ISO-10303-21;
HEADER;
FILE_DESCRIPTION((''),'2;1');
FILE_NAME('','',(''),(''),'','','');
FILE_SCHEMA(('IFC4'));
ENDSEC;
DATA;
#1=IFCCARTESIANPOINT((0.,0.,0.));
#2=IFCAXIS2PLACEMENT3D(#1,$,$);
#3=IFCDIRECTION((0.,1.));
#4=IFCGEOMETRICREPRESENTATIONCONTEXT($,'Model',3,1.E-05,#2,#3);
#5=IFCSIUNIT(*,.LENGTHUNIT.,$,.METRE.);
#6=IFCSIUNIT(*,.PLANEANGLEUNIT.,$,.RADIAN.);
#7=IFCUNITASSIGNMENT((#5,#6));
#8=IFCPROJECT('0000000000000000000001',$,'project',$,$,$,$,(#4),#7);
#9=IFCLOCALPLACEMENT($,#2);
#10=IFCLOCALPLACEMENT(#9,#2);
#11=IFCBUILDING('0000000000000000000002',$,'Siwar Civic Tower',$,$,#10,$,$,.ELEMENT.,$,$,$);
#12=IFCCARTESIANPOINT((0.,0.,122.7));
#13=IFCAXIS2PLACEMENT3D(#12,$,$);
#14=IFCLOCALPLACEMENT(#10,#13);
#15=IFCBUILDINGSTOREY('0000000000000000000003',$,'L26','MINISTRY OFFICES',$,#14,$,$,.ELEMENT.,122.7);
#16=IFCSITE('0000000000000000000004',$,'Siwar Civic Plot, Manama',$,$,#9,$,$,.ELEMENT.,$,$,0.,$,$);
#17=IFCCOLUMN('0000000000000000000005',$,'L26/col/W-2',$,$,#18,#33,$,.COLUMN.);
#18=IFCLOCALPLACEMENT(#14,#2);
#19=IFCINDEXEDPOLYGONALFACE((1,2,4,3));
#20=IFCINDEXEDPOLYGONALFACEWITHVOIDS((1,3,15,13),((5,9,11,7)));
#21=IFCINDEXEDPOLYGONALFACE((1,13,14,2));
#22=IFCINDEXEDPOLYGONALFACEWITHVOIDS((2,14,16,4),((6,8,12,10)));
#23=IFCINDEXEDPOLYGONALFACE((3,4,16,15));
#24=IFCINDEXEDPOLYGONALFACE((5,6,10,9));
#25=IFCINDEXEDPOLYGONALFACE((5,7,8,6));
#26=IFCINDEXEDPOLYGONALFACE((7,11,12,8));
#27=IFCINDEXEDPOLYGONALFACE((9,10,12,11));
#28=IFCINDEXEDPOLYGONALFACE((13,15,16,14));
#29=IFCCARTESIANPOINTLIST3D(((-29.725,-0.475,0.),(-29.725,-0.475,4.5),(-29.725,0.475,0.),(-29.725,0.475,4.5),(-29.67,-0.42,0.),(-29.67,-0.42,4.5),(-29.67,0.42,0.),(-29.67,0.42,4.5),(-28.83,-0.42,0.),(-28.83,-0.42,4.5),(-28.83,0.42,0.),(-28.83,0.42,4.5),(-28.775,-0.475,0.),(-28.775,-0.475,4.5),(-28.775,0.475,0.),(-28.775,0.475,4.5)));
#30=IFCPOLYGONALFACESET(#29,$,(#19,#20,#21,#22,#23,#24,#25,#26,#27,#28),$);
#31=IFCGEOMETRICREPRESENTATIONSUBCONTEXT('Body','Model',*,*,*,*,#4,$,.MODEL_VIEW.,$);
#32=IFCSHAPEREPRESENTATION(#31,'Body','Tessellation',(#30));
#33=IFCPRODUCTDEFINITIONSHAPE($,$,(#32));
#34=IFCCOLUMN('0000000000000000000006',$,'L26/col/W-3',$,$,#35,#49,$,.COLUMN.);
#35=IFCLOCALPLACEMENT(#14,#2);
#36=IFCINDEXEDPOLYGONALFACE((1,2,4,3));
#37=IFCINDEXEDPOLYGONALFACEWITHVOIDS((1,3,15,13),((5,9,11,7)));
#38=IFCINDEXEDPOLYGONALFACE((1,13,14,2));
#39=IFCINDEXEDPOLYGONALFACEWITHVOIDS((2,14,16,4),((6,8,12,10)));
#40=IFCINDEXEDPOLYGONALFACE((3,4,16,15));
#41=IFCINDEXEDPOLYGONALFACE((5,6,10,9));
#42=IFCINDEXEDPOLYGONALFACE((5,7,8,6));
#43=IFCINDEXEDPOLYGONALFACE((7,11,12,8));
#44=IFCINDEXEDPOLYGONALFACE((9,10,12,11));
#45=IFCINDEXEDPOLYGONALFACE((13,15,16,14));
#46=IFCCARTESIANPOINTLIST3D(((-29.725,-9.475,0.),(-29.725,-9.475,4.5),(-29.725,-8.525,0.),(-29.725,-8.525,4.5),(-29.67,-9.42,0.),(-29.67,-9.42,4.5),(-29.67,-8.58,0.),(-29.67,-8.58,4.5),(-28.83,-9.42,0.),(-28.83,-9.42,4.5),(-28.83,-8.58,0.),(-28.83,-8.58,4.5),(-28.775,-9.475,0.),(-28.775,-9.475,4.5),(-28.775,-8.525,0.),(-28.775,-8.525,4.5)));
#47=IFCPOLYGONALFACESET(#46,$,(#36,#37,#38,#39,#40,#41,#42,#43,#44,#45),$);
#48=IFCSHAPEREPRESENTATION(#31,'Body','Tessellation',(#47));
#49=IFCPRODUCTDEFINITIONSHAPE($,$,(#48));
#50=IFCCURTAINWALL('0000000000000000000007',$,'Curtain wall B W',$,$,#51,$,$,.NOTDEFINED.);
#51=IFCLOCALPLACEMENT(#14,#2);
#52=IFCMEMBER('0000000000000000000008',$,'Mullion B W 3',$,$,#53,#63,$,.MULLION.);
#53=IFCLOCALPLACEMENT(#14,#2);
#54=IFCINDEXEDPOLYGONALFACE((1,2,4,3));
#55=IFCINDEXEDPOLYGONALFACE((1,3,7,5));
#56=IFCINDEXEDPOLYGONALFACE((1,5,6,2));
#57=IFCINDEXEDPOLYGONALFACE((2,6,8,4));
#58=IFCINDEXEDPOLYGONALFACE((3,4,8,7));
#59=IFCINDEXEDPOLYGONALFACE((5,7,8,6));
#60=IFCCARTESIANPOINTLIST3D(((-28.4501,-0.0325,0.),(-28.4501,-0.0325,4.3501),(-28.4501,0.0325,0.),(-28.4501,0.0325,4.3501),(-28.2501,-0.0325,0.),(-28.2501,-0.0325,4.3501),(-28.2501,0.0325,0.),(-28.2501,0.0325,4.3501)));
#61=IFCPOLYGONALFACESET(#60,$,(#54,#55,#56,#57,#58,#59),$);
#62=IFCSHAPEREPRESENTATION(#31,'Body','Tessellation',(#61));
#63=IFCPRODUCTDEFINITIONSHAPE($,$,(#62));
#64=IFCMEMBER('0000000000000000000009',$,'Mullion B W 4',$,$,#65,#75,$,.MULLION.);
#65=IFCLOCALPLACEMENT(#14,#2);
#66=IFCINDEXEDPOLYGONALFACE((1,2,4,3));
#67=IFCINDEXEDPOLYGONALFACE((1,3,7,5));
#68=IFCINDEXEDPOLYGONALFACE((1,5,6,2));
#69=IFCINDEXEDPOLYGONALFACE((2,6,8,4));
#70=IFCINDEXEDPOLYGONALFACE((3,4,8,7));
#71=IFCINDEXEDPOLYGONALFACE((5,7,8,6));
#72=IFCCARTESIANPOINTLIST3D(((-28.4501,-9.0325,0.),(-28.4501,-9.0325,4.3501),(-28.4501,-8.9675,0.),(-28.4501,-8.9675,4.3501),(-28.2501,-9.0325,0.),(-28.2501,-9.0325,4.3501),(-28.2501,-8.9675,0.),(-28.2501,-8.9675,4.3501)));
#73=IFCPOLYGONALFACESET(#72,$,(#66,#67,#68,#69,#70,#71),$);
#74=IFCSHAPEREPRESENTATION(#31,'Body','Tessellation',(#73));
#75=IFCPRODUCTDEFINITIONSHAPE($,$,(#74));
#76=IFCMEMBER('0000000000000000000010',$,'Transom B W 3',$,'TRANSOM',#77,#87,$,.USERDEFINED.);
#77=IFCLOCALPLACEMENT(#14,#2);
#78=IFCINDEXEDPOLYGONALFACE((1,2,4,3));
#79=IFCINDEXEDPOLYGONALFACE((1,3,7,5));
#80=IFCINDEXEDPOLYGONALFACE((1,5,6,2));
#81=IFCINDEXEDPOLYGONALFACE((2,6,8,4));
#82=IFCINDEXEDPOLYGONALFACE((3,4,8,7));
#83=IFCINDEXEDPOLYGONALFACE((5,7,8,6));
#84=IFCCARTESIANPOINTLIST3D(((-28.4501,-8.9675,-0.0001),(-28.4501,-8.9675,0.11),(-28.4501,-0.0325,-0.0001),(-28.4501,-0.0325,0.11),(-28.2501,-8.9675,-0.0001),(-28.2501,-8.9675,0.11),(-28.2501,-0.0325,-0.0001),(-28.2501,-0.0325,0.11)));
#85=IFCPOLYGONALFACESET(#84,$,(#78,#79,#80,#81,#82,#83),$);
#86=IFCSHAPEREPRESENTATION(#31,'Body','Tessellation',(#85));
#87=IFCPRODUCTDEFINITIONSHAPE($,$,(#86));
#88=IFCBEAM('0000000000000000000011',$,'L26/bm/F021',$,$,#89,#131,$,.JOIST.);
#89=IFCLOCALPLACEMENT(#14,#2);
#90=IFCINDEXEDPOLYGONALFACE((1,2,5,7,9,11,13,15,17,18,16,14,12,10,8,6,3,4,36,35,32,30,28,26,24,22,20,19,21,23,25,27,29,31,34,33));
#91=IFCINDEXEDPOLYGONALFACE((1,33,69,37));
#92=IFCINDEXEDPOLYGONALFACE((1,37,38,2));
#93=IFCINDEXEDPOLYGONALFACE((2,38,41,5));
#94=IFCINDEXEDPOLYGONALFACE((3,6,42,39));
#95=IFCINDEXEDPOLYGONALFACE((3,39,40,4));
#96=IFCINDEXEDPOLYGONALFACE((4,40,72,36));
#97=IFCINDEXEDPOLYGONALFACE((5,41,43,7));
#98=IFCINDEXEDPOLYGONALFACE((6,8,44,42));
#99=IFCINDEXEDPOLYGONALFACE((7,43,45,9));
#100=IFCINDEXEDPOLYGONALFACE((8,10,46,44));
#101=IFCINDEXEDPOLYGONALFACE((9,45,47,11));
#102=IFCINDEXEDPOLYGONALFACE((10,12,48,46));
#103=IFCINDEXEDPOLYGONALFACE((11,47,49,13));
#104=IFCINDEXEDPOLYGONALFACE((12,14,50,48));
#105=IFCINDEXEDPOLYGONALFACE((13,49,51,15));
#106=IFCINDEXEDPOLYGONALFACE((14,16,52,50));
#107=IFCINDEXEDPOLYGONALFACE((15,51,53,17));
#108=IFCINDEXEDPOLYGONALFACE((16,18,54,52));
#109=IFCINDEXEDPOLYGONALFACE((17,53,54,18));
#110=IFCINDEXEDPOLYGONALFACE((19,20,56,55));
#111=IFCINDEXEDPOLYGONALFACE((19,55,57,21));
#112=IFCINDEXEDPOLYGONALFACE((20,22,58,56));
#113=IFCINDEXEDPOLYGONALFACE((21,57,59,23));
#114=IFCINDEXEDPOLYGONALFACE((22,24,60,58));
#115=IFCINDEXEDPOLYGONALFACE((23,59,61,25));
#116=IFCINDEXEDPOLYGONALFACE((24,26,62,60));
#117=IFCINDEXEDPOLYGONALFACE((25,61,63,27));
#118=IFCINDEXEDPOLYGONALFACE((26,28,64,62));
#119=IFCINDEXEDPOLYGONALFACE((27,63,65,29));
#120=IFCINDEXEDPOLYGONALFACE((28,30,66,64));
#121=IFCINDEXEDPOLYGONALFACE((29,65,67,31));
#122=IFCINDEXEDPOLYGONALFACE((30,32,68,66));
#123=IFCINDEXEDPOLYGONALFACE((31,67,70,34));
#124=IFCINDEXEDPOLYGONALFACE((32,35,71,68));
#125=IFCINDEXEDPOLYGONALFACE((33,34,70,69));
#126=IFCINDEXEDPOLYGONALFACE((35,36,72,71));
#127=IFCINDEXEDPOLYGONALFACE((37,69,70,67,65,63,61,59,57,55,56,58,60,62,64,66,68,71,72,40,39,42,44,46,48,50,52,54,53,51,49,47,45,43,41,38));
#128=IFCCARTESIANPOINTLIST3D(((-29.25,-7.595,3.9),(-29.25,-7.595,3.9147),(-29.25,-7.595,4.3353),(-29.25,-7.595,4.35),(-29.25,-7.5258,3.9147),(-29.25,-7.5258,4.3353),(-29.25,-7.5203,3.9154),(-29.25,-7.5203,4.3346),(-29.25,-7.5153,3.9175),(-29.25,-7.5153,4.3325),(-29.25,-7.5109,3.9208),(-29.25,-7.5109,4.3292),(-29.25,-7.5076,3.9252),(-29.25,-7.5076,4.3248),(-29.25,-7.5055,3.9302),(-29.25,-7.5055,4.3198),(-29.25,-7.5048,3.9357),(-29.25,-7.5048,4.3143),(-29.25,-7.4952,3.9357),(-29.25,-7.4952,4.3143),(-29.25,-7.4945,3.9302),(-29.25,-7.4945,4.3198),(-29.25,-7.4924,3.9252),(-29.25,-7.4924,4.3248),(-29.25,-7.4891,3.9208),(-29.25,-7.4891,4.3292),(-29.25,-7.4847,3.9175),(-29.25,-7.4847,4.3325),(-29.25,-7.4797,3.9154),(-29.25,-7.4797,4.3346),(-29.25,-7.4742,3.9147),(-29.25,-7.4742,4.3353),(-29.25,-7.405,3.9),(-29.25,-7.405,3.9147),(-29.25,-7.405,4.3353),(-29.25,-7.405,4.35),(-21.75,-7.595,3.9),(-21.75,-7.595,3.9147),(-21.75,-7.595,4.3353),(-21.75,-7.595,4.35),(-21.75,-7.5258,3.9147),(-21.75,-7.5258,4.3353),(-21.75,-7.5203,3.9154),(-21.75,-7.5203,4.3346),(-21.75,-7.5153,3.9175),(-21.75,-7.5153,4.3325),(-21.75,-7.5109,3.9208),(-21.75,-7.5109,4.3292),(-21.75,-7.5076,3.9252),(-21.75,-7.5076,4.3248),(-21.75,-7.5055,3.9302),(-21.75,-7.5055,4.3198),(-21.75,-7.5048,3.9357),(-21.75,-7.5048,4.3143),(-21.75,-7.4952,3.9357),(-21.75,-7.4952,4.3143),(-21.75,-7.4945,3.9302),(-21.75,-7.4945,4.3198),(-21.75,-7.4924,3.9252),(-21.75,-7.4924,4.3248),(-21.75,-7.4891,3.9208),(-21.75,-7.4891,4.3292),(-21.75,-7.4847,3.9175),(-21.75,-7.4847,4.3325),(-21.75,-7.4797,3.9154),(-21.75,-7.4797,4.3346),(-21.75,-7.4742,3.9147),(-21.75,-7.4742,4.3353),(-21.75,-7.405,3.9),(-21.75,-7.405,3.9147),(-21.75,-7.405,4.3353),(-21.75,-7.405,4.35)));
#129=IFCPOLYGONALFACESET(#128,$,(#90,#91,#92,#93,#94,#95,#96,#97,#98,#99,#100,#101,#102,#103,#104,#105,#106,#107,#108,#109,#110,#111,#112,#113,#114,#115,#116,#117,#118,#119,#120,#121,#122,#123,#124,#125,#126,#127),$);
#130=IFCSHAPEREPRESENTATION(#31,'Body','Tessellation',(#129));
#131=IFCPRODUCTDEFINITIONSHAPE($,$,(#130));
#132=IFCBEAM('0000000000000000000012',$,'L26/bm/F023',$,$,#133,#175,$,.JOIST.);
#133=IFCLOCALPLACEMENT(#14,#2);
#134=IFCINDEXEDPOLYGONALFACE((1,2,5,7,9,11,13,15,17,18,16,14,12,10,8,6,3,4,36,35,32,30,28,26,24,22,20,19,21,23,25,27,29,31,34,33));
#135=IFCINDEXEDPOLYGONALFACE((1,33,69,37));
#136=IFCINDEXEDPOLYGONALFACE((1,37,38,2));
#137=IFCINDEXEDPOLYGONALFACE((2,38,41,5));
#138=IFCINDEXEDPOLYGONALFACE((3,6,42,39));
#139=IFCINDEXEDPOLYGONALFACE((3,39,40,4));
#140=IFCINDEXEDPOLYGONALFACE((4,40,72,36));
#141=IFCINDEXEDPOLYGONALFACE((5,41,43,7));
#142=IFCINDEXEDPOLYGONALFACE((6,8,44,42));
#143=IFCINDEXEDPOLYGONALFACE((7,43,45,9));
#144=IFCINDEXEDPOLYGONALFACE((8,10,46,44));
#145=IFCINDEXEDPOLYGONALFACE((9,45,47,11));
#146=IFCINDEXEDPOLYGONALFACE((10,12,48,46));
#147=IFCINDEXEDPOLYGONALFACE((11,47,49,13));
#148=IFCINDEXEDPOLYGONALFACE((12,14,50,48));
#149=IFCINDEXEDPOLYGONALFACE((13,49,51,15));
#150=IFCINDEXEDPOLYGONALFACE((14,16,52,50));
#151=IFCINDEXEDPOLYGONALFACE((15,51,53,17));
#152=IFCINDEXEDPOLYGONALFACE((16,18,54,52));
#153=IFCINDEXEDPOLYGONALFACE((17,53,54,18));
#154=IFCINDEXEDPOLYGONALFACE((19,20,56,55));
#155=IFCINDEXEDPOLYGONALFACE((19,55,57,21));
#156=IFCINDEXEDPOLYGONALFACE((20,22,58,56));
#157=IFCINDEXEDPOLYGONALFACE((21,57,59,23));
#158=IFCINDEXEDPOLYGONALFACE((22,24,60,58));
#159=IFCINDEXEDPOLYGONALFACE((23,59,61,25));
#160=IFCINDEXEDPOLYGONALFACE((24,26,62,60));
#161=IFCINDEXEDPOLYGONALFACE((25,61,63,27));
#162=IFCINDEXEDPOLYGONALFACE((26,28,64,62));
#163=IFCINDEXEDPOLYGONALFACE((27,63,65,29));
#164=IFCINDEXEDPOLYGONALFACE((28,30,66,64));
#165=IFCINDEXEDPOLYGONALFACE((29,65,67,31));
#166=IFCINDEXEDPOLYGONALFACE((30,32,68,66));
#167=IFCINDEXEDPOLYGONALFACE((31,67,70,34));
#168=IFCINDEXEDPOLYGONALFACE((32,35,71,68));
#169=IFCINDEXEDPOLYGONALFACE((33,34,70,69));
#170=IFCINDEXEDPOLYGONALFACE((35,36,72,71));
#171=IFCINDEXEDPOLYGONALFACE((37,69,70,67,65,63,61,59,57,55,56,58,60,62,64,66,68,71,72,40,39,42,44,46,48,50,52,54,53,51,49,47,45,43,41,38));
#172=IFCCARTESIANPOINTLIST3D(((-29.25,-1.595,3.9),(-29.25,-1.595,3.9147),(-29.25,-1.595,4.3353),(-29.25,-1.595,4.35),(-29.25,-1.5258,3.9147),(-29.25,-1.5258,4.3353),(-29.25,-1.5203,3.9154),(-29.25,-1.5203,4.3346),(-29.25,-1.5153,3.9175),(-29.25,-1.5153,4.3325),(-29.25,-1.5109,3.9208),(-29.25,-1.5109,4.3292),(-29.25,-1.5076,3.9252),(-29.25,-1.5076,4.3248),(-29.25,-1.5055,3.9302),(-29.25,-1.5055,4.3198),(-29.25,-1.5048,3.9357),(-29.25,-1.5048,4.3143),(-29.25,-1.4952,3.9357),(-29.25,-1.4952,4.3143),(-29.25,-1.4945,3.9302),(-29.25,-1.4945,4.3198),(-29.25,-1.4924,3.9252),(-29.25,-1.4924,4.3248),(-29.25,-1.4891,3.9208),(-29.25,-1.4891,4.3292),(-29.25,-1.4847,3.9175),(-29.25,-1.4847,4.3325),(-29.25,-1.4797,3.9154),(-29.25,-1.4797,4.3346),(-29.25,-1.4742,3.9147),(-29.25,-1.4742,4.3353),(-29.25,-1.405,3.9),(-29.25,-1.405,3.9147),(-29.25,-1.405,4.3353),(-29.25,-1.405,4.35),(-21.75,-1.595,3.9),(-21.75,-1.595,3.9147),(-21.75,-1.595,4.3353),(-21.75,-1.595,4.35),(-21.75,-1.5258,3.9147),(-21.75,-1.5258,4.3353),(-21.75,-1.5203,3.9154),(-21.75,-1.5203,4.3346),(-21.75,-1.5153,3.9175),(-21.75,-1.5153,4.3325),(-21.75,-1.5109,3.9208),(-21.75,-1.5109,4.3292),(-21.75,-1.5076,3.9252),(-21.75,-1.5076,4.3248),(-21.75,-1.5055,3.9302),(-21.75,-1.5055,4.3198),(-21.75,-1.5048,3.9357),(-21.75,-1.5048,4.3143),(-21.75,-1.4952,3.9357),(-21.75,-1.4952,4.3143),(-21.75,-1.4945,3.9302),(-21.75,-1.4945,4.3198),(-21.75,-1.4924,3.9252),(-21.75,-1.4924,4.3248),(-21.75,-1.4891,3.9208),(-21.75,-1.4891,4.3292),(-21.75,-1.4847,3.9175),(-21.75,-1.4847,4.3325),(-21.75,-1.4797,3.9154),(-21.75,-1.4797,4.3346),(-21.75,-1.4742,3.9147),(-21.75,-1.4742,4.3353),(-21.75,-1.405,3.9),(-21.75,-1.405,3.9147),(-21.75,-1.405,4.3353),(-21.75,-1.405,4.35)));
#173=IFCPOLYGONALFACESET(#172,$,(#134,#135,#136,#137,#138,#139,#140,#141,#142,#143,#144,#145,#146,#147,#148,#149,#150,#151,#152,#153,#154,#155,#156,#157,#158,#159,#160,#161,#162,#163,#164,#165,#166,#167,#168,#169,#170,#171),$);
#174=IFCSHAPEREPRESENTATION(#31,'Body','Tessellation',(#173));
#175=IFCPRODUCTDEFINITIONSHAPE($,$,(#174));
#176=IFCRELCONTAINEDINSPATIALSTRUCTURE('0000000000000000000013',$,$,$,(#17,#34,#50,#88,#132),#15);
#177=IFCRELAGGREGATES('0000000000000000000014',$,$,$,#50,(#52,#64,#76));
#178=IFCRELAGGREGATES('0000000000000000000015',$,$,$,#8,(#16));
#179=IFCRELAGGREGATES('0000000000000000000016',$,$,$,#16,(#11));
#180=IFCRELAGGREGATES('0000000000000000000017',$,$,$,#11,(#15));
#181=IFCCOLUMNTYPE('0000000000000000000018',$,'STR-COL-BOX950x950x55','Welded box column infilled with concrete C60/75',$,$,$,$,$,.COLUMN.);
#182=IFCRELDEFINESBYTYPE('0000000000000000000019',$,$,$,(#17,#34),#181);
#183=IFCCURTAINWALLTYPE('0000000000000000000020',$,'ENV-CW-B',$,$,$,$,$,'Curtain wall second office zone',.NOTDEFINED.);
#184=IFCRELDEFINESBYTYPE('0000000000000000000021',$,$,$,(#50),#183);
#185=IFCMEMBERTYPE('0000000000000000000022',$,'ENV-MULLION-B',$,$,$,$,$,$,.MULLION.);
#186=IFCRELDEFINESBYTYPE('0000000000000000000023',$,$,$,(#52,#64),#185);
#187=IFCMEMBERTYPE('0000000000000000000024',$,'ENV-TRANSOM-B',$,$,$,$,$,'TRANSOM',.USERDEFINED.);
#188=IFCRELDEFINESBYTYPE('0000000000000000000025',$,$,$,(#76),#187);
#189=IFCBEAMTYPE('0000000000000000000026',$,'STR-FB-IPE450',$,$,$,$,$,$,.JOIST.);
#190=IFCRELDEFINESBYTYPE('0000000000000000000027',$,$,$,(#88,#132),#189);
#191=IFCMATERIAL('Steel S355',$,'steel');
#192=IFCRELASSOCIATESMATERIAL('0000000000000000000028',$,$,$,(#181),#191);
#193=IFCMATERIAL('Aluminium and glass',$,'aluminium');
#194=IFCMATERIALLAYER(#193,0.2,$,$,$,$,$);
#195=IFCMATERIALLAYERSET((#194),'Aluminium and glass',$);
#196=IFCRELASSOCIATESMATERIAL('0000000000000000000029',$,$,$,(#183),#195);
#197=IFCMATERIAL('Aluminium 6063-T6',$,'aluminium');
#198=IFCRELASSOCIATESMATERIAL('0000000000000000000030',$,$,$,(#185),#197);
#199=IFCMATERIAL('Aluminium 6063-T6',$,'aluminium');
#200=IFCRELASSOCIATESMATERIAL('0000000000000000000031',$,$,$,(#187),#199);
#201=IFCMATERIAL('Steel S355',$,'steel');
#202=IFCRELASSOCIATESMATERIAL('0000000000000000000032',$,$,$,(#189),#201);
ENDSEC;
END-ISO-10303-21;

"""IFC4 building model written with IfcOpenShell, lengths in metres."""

from ifc_helpers import new_model, si_unit, direction, frame, origin, origin_2d, place, context, subcontext, project, spatial, rectangle, hollow_rectangle, i_section, extrude, material, layer, layer_set, material_profile, profile_set, type_object, element, aggregate, save


model = new_model("IFC4")

# Units and contexts
model_context = context("Model", 3, precision=1e-05, world=origin(), true_north=direction((0.0, 1.0)))
body_context = subcontext(model_context, "Body", "Model", "MODEL_VIEW")
ifc_project = project(units=[si_unit("LENGTHUNIT", "METRE"), si_unit("PLANEANGLEUNIT", "RADIAN")], contexts=[model_context])

# Site, building, storey
site_placement = place(None, origin())
site = spatial("IfcSite", under=ifc_project, at=site_placement, Name="Siwar Civic Plot, Manama", CompositionType="ELEMENT", RefElevation=0.0)
building_placement = place(site_placement, origin())
building = spatial("IfcBuilding", under=site, at=building_placement, Name="Siwar Civic Tower", CompositionType="ELEMENT")
storey_placement = place(building_placement, frame((0.0, 0.0, 122.7)))
storey = spatial("IfcBuildingStorey", under=building, at=storey_placement, Name="L26", Description="MINISTRY OFFICES", CompositionType="ELEMENT", Elevation=122.7)

# Columns
ifc_material_1 = material(Name="Steel S355", Category="steel")
ifc_material_profile_1 = material_profile(ifc_material_1, hollow_rectangle(XDim=0.95, YDim=0.95, WallThickness=0.0549, at=origin_2d()), Name="BOX950x950x55")
ifc_profile_set_1 = profile_set([ifc_material_profile_1], Name="Steel S355")
column_type = type_object("IfcColumnType", Name="STR-COL-BOX950x950x55", Description="Welded box column infilled with concrete C60/75", PredefinedType="COLUMN", material=ifc_profile_set_1)
for number, where, z_axis, x_axis, name in (
    (1, (-29.25, 0.0, 0.0), (0.0, 0.0, 1.0), (1.0, 0.0, 0.0), "L26/col/W-2"),
    (2, (-29.25, -9.0, 0.0), (0.0, 0.0, 1.0), (1.0, 0.0, 0.0), "L26/col/W-3"),
):
    element("IfcColumn", number, at=place(storey_placement, frame(where, z_axis=z_axis, x_axis=x_axis)), inside=storey, type_object=column_type, Name=name, PredefinedType="COLUMN", context=body_context, shape_type="SweptSolid", body=[
        extrude(hollow_rectangle(XDim=0.95, YDim=0.95, WallThickness=0.0549, at=origin_2d()), origin(), (0.0, 0.0, 1.0), 4.5),
    ])

# Curtain wall, members
ifc_material_2 = material(Name="Aluminium and glass", Category="aluminium")
ifc_layer_1 = layer(ifc_material_2, 0.2)
ifc_layer_set_1 = layer_set([ifc_layer_1], Name="Aluminium and glass")
curtain_wall_type = type_object("IfcCurtainWallType", Name="ENV-CW-B", ElementType="Curtain wall second office zone", PredefinedType="NOTDEFINED", material=ifc_layer_set_1)
curtain_wall_placement = place(storey_placement, origin())
curtain_wall = element("IfcCurtainWall", 3, at=curtain_wall_placement, inside=storey, type_object=curtain_wall_type, Name="Curtain wall B W", PredefinedType="NOTDEFINED")
ifc_material_3 = material(Name="Aluminium 6063-T6", Category="aluminium")
ifc_material_profile_2 = material_profile(ifc_material_3, rectangle(XDim=0.2, YDim=0.0649, at=origin_2d()), Name="AL 200x65")
ifc_profile_set_2 = profile_set([ifc_material_profile_2], Name="Aluminium 6063-T6")
member_type_1 = type_object("IfcMemberType", Name="ENV-MULLION-B", PredefinedType="MULLION", material=ifc_profile_set_2)
member_1_placement = place(storey_placement, frame((-28.3501, 0.0, 0.0), z_axis=(0.0, 0.0, 1.0), x_axis=(1.0, 0.0, 0.0)))
member_1 = element("IfcMember", 4, at=member_1_placement, type_object=member_type_1, Name="Mullion B W 3", PredefinedType="MULLION", context=body_context, shape_type="SweptSolid", body=[
    extrude(rectangle(XDim=0.2, YDim=0.0649, at=origin_2d()), origin(), (0.0, 0.0, 1.0), 4.3501),
])
member_2_placement = place(storey_placement, frame((-28.3501, -9.0, 0.0), z_axis=(0.0, 0.0, 1.0), x_axis=(1.0, 0.0, 0.0)))
member_2 = element("IfcMember", 5, at=member_2_placement, type_object=member_type_1, Name="Mullion B W 4", PredefinedType="MULLION", context=body_context, shape_type="SweptSolid", body=[
    extrude(rectangle(XDim=0.2, YDim=0.0649, at=origin_2d()), origin(), (0.0, 0.0, 1.0), 4.3501),
])
ifc_material_4 = material(Name="Aluminium 6063-T6", Category="aluminium")
ifc_material_profile_3 = material_profile(ifc_material_4, rectangle(XDim=0.2, YDim=0.1101, at=origin_2d()), Name="AL 200x110")
ifc_profile_set_3 = profile_set([ifc_material_profile_3], Name="Aluminium 6063-T6")
member_type_2 = type_object("IfcMemberType", Name="ENV-TRANSOM-B", ElementType="TRANSOM", PredefinedType="USERDEFINED", material=ifc_profile_set_3)
member_3_placement = place(storey_placement, frame((-28.3501, -0.0325, 0.0549), z_axis=(0.0, -1.0, 0.0), x_axis=(1.0, 0.0, 0.0)))
member_3 = element("IfcMember", 6, at=member_3_placement, type_object=member_type_2, Name="Transom B W 3", ObjectType="TRANSOM", PredefinedType="USERDEFINED", context=body_context, shape_type="SweptSolid", body=[
    extrude(rectangle(XDim=0.2, YDim=0.1101, at=origin_2d()), origin(), (0.0, 0.0, 1.0), 8.9351),
])

# Beams
ifc_material_5 = material(Name="Steel S355", Category="steel")
ifc_material_profile_4 = material_profile(ifc_material_5, i_section(OverallWidth=0.1899, OverallDepth=0.45, WebThickness=0.0095, FlangeThickness=0.0146, FilletRadius=0.021, at=origin_2d()), Name="IPE450")
ifc_profile_set_4 = profile_set([ifc_material_profile_4], Name="Steel S355")
beam_type_1 = type_object("IfcBeamType", Name="STR-FB-IPE450", PredefinedType="JOIST", material=ifc_profile_set_4)
for number, where, z_axis, x_axis, name in (
    (7, (-29.25, -7.5, 4.125), (1.0, 0.0, 0.0), (0.0, 1.0, 0.0), "L26/bm/F021"),
    (8, (-29.25, -1.5, 4.125), (1.0, 0.0, 0.0), (0.0, 1.0, 0.0), "L26/bm/F023"),
):
    element("IfcBeam", number, at=place(storey_placement, frame(where, z_axis=z_axis, x_axis=x_axis)), inside=storey, type_object=beam_type_1, Name=name, PredefinedType="JOIST", context=body_context, shape_type="SweptSolid", body=[
        extrude(i_section(OverallWidth=0.1899, OverallDepth=0.45, WebThickness=0.0095, FlangeThickness=0.0146, FilletRadius=0.021, at=origin_2d()), origin(), (0.0, 0.0, 1.0), 7.5),
    ])

aggregate(curtain_wall, [member_1, member_2, member_3])

save(model, "model.ifc")
